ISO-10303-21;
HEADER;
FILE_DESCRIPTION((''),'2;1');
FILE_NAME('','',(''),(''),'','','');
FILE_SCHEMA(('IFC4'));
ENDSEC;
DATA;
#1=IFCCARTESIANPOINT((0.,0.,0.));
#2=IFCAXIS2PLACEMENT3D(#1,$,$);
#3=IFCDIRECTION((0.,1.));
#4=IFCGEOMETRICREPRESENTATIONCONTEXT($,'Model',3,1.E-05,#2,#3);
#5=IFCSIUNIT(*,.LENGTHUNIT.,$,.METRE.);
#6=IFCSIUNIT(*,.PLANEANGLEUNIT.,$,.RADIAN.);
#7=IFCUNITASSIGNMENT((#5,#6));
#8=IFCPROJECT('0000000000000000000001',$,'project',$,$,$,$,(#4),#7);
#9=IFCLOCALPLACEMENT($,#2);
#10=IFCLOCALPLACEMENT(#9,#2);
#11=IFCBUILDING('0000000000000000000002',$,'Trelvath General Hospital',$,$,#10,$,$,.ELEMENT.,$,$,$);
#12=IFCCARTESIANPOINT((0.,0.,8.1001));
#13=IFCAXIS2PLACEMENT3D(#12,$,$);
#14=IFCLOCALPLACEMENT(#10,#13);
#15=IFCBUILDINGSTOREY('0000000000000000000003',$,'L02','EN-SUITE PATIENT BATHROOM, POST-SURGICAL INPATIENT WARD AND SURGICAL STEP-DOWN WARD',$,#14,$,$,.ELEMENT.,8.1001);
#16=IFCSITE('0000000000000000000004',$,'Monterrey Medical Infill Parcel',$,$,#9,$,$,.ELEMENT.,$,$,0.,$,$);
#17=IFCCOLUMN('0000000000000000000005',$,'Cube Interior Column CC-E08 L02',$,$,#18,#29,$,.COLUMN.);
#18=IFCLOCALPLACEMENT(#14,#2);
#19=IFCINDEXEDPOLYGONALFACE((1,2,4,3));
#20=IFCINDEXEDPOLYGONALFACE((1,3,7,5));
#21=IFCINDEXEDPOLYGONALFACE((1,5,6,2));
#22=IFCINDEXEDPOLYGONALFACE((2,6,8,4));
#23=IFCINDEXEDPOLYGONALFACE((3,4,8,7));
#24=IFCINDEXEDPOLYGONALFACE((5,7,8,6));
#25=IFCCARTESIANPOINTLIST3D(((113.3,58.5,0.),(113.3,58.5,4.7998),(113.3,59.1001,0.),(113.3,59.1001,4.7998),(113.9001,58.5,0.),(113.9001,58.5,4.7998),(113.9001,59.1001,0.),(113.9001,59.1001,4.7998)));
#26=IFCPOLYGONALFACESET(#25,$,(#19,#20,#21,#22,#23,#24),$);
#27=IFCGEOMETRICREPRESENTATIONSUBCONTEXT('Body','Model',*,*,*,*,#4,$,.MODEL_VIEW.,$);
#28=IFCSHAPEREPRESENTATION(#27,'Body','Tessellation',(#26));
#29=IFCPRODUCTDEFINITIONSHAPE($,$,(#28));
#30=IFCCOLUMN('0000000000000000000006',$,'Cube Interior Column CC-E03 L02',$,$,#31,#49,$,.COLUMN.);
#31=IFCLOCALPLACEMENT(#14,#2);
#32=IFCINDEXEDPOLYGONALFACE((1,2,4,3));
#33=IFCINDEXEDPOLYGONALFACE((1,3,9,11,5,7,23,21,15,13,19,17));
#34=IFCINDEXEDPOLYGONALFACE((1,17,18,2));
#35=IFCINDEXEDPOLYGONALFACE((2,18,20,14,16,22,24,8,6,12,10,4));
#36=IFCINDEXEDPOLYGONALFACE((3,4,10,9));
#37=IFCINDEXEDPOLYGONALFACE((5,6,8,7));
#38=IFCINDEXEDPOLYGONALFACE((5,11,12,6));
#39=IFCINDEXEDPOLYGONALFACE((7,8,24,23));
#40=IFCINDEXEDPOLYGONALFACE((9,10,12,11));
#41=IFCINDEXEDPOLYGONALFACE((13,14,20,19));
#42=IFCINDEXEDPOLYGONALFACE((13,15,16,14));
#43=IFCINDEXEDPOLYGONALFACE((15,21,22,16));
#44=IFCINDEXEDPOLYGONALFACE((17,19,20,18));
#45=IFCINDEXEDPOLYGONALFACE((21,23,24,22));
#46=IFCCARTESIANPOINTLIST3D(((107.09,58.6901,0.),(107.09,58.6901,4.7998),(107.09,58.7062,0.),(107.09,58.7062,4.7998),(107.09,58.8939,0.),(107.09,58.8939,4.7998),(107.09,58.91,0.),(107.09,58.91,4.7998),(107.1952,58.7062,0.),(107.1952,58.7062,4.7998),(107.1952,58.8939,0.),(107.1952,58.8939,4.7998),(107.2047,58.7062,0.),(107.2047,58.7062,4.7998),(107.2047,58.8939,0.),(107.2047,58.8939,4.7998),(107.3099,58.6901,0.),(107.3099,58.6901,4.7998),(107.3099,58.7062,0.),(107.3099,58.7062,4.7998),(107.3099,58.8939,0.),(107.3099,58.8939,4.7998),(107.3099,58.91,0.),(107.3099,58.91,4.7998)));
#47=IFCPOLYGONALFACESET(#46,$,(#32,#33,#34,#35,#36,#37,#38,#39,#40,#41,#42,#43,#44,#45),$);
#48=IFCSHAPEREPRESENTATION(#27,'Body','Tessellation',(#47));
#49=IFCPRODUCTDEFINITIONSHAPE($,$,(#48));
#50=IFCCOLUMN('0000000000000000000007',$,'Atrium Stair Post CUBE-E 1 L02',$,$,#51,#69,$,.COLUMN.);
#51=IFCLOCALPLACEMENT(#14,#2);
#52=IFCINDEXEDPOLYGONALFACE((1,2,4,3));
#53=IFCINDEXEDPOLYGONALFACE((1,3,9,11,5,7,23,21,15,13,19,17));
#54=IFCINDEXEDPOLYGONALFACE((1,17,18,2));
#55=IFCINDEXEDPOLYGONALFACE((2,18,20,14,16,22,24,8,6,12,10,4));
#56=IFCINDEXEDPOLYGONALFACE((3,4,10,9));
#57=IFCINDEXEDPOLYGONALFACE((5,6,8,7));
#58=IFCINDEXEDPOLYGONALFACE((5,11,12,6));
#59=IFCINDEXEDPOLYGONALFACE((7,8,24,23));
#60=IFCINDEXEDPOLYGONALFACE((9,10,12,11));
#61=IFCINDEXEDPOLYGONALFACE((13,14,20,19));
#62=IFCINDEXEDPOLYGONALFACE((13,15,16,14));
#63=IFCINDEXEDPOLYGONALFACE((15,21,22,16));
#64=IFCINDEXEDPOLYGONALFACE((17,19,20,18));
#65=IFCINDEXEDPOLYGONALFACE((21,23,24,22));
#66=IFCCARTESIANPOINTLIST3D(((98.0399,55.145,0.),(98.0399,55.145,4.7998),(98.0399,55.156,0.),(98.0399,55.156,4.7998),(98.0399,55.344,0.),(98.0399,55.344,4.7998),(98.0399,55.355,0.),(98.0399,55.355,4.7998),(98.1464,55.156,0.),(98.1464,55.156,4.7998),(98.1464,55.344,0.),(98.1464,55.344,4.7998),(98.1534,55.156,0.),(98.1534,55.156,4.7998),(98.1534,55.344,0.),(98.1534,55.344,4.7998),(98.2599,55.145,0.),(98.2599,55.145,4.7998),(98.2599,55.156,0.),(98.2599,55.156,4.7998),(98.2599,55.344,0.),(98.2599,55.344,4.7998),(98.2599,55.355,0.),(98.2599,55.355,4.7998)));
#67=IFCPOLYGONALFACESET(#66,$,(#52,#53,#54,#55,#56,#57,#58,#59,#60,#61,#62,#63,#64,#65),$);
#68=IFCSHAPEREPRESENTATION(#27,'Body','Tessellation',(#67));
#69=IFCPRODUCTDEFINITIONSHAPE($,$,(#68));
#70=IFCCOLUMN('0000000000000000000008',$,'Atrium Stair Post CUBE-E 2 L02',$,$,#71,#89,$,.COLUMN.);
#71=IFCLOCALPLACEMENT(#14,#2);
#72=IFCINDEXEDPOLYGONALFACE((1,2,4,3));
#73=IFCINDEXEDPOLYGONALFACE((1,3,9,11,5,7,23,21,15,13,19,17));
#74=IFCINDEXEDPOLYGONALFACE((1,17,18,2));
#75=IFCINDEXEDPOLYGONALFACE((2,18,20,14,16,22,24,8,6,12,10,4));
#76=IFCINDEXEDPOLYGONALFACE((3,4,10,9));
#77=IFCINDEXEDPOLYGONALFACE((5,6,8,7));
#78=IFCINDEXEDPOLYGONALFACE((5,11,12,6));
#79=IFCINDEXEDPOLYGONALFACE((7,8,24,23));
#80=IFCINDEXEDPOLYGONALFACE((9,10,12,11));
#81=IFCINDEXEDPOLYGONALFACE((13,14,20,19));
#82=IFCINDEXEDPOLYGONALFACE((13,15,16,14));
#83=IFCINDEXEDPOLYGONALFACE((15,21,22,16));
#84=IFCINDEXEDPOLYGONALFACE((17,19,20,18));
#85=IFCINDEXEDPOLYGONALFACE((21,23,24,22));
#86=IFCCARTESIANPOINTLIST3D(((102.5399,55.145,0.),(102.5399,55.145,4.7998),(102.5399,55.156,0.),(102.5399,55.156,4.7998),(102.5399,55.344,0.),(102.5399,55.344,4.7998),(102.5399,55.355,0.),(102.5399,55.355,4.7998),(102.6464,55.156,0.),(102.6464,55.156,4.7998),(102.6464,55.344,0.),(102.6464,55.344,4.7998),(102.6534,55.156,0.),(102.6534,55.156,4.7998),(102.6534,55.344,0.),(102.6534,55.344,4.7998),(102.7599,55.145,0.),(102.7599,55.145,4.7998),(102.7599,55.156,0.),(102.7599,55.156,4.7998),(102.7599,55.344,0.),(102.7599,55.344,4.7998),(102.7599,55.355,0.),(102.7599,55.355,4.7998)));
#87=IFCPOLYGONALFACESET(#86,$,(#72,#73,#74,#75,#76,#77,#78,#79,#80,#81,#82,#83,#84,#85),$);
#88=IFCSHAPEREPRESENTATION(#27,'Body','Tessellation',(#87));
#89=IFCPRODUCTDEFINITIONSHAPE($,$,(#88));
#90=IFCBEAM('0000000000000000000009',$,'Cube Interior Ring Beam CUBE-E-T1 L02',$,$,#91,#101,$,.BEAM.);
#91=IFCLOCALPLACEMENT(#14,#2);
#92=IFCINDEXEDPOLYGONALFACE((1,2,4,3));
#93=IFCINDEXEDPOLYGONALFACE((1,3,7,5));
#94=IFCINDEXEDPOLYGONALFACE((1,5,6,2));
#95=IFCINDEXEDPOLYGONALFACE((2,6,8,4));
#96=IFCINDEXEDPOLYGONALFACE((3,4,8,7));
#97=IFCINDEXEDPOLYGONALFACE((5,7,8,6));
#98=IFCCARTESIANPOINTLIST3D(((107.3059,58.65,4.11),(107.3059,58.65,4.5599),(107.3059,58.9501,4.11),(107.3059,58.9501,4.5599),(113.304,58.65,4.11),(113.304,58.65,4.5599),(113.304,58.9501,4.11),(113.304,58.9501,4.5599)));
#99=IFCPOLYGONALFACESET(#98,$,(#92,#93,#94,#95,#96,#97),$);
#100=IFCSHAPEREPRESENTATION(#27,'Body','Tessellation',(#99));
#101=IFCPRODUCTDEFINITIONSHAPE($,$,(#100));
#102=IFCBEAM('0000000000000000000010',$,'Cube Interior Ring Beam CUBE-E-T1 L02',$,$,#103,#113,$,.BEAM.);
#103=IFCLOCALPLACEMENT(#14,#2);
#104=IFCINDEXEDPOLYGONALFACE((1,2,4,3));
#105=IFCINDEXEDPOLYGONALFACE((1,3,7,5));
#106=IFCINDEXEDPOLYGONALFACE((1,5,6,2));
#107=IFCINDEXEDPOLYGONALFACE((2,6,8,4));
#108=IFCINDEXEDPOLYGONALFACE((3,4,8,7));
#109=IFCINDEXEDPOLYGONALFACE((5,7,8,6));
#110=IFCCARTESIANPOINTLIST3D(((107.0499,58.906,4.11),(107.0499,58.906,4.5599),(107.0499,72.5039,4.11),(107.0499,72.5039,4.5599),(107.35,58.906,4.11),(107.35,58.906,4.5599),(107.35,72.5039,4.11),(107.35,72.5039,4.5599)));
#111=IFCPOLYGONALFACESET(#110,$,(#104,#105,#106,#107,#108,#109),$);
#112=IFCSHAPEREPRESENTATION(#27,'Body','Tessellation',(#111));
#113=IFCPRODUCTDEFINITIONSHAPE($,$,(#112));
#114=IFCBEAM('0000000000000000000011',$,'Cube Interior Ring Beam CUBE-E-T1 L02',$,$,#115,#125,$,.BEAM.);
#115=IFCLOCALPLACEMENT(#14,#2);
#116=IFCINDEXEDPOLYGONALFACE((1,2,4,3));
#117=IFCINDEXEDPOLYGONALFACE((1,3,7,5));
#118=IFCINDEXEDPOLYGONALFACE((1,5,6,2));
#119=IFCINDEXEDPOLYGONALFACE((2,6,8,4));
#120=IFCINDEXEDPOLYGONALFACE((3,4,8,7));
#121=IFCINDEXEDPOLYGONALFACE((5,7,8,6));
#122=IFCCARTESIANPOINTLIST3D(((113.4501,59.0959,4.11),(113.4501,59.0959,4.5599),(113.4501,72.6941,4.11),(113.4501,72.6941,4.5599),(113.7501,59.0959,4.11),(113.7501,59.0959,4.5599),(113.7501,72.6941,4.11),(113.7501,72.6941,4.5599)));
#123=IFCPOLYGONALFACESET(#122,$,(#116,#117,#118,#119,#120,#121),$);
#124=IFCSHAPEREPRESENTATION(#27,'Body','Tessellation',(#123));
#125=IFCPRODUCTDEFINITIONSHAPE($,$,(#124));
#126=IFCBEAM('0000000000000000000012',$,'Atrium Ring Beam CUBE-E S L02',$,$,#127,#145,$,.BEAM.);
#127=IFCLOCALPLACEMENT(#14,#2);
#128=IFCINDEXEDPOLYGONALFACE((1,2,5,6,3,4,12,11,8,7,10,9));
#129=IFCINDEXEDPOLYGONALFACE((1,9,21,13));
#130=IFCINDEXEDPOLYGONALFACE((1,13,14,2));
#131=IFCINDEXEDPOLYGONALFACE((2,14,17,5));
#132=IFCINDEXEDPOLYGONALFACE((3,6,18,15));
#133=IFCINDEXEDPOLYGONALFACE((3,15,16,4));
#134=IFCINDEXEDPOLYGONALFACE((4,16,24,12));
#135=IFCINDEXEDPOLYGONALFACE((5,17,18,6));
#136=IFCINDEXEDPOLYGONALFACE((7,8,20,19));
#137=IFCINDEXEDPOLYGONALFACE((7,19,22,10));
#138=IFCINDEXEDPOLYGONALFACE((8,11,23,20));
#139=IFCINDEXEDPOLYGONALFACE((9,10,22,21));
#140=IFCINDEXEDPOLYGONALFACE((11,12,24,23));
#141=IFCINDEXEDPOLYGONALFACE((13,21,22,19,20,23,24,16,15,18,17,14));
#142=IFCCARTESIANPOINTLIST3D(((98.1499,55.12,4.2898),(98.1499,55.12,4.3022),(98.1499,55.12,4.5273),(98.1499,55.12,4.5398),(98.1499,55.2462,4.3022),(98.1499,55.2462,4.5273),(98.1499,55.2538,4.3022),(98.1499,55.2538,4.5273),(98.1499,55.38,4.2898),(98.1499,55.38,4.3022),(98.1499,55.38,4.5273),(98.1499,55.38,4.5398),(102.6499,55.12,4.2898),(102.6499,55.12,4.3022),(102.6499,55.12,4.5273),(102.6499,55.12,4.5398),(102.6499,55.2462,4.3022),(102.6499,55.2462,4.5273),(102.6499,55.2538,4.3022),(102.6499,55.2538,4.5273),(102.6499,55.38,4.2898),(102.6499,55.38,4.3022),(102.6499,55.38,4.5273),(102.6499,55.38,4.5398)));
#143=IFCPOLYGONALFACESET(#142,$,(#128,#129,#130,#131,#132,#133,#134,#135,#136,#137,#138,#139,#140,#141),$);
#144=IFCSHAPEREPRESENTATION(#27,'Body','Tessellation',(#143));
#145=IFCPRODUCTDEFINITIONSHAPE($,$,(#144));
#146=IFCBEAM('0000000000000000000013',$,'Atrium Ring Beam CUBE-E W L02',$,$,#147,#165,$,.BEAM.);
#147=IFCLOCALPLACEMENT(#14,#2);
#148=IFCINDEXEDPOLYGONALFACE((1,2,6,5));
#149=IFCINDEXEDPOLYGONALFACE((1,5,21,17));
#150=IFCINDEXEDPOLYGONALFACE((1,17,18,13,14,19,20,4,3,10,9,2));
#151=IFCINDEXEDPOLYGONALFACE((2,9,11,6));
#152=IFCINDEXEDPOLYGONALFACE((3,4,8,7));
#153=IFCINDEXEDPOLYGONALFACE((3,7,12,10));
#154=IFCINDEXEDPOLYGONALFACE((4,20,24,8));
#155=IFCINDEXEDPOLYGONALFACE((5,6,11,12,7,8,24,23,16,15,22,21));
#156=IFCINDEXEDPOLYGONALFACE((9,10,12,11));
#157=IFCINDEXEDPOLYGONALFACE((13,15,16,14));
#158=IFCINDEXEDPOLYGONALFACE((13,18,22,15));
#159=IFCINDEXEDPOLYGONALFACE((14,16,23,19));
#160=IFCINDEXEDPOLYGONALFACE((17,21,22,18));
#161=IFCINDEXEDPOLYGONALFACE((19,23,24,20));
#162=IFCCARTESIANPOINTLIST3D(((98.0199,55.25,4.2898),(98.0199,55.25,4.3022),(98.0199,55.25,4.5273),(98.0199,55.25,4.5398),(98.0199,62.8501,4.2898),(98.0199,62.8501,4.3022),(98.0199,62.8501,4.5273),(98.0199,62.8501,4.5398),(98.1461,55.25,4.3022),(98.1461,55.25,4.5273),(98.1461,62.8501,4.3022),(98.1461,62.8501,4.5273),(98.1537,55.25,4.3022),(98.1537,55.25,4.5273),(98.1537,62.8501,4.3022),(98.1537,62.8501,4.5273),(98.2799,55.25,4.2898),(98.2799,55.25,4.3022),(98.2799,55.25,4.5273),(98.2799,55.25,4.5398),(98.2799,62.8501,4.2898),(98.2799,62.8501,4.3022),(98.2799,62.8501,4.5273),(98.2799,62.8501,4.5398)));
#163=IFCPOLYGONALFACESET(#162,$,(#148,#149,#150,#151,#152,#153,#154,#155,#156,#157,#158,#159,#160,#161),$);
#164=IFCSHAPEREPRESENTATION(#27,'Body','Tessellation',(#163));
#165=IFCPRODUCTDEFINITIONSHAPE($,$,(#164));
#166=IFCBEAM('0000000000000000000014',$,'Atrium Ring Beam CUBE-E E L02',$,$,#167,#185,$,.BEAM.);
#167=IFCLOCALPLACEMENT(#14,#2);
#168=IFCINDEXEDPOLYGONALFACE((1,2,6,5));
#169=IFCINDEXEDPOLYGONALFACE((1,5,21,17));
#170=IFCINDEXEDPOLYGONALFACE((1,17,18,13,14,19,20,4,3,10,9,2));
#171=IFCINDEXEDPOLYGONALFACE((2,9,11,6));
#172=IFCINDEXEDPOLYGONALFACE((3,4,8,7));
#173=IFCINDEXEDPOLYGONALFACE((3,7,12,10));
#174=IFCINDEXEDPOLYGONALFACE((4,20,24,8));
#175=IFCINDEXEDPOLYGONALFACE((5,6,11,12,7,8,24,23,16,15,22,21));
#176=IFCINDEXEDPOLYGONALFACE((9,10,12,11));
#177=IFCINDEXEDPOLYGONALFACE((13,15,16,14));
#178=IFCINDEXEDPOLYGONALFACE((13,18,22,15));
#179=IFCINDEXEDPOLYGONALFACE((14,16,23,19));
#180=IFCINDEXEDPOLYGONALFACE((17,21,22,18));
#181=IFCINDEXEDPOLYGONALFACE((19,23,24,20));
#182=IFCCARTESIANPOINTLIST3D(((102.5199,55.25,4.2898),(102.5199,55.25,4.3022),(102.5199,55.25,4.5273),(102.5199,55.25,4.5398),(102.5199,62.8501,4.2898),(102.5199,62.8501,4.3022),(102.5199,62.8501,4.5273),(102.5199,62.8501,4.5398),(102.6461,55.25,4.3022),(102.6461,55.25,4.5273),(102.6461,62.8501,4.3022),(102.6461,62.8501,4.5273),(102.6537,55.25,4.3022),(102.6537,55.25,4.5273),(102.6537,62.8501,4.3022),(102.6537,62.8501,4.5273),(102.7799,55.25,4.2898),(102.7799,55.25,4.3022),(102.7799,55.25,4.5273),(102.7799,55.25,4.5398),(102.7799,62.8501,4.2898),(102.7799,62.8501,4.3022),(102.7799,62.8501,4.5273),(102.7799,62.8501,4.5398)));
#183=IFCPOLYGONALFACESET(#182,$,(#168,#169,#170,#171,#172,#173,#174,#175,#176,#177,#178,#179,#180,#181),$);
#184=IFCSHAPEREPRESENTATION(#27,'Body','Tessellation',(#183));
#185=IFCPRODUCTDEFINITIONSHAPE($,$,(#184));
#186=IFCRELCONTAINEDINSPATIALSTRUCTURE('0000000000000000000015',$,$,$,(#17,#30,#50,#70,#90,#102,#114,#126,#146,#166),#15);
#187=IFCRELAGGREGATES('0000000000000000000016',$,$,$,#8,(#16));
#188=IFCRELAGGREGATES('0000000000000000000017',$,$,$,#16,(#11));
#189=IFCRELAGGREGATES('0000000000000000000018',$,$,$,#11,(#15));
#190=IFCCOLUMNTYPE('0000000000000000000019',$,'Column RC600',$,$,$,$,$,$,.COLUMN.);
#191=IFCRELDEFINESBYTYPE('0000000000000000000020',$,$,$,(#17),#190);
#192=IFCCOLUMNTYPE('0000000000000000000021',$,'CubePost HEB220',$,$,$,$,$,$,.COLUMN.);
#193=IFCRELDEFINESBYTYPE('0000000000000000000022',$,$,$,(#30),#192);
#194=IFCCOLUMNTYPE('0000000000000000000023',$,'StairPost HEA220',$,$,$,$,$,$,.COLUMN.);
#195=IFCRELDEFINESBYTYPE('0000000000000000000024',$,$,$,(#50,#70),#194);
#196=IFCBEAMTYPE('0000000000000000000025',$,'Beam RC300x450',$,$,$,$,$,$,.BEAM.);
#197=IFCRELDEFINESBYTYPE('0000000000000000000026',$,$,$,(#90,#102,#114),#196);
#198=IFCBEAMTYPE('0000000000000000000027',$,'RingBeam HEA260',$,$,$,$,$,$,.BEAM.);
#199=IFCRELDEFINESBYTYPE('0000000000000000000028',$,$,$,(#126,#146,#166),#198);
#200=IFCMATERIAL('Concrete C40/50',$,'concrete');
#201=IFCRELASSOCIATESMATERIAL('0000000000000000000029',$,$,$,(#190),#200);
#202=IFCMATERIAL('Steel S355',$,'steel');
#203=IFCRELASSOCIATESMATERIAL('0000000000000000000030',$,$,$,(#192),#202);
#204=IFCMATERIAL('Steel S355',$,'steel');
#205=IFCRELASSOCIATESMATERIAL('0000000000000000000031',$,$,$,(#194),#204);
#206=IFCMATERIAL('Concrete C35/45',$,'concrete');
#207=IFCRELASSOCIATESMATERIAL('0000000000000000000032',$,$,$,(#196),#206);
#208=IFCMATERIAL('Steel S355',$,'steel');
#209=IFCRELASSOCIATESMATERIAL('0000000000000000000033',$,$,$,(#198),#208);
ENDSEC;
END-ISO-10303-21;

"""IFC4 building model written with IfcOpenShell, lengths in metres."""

from ifc_helpers import new_model, si_unit, direction, frame, origin, origin_2d, place, context, subcontext, project, spatial, rectangle, i_section, extrude, material, material_profile, profile_set, type_object, element, save


model = new_model("IFC4")

# Units and contexts
model_context = context("Model", 3, precision=1e-05, world=origin(), true_north=direction((0.0, 1.0)))
body_context = subcontext(model_context, "Body", "Model", "MODEL_VIEW")
ifc_project = project(units=[si_unit("LENGTHUNIT", "METRE"), si_unit("PLANEANGLEUNIT", "RADIAN")], contexts=[model_context])

# Site, building, storey
site_placement = place(None, origin())
site = spatial("IfcSite", under=ifc_project, at=site_placement, Name="Monterrey Medical Infill Parcel", CompositionType="ELEMENT", RefElevation=0.0)
building_placement = place(site_placement, origin())
building = spatial("IfcBuilding", under=site, at=building_placement, Name="Trelvath General Hospital", CompositionType="ELEMENT")
storey_placement = place(building_placement, frame((0.0, 0.0, 8.1001)))
storey = spatial("IfcBuildingStorey", under=building, at=storey_placement, Name="L02", Description="EN-SUITE PATIENT BATHROOM, POST-SURGICAL INPATIENT WARD AND SURGICAL STEP-DOWN WARD", CompositionType="ELEMENT", Elevation=8.1001)

# Columns
ifc_material_1 = material(Name="Concrete C40/50", Category="concrete")
ifc_material_profile_1 = material_profile(ifc_material_1, rectangle(XDim=0.6001, YDim=0.6001, at=origin_2d()), Name="RC600x600")
ifc_profile_set_1 = profile_set([ifc_material_profile_1], Name="Concrete C40/50")
column_type_1 = type_object("IfcColumnType", Name="Column RC600", PredefinedType="COLUMN", material=ifc_profile_set_1)
column_1_placement = place(storey_placement, frame((113.6001, 58.8, 0.0), z_axis=(0.0, 0.0, 1.0), x_axis=(1.0, 0.0, 0.0)))
element("IfcColumn", 1, at=column_1_placement, inside=storey, type_object=column_type_1, Name="Cube Interior Column CC-E08 L02", PredefinedType="COLUMN", context=body_context, shape_type="SweptSolid", body=[
    extrude(rectangle(XDim=0.6001, YDim=0.6001, at=origin_2d()), origin(), (0.0, 0.0, 1.0), 4.7998),
])
ifc_material_2 = material(Name="Steel S355", Category="steel")
ifc_material_profile_2 = material_profile(ifc_material_2, i_section(OverallWidth=0.22, OverallDepth=0.22, WebThickness=0.0095, FlangeThickness=0.0161, at=origin_2d()), Name="HEB220")
ifc_profile_set_2 = profile_set([ifc_material_profile_2], Name="Steel S355")
column_type_2 = type_object("IfcColumnType", Name="CubePost HEB220", PredefinedType="COLUMN", material=ifc_profile_set_2)
column_2_placement = place(storey_placement, frame((107.2, 58.8, 0.0), z_axis=(0.0, 0.0, 1.0), x_axis=(1.0, 0.0, 0.0)))
element("IfcColumn", 2, at=column_2_placement, inside=storey, type_object=column_type_2, Name="Cube Interior Column CC-E03 L02", PredefinedType="COLUMN", context=body_context, shape_type="SweptSolid", body=[
    extrude(i_section(OverallWidth=0.22, OverallDepth=0.22, WebThickness=0.0095, FlangeThickness=0.0161, at=origin_2d()), origin(), (0.0, 0.0, 1.0), 4.7998),
])
ifc_material_3 = material(Name="Steel S355", Category="steel")
ifc_material_profile_3 = material_profile(ifc_material_3, i_section(OverallWidth=0.22, OverallDepth=0.21, WebThickness=0.0071, FlangeThickness=0.011, at=origin_2d()), Name="HEA220")
ifc_profile_set_3 = profile_set([ifc_material_profile_3], Name="Steel S355")
column_type_3 = type_object("IfcColumnType", Name="StairPost HEA220", PredefinedType="COLUMN", material=ifc_profile_set_3)
for number, where, z_axis, x_axis, name in (
    (3, (98.1499, 55.25, 0.0), (0.0, 0.0, 1.0), (1.0, 0.0, 0.0), "Atrium Stair Post CUBE-E 1 L02"),
    (4, (102.6499, 55.25, 0.0), (0.0, 0.0, 1.0), (1.0, 0.0, 0.0), "Atrium Stair Post CUBE-E 2 L02"),
):
    element("IfcColumn", number, at=place(storey_placement, frame(where, z_axis=z_axis, x_axis=x_axis)), inside=storey, type_object=column_type_3, Name=name, PredefinedType="COLUMN", context=body_context, shape_type="SweptSolid", body=[
        extrude(i_section(OverallWidth=0.22, OverallDepth=0.21, WebThickness=0.0071, FlangeThickness=0.011, at=origin_2d()), origin(), (0.0, 0.0, 1.0), 4.7998),
    ])

# Beams
ifc_material_4 = material(Name="Concrete C35/45", Category="concrete")
ifc_material_profile_4 = material_profile(ifc_material_4, rectangle(XDim=0.3, YDim=0.45, at=origin_2d()), Name="RCB300x450")
ifc_profile_set_4 = profile_set([ifc_material_profile_4], Name="Concrete C35/45")
beam_type_1 = type_object("IfcBeamType", Name="Beam RC300x450", PredefinedType="BEAM", material=ifc_profile_set_4)
beam_1_placement = place(storey_placement, frame((107.3059, 58.8, 4.335), z_axis=(1.0, 0.0, 0.0), x_axis=(0.0, 1.0, 0.0)))
element("IfcBeam", 5, at=beam_1_placement, inside=storey, type_object=beam_type_1, Name="Cube Interior Ring Beam CUBE-E-T1 L02", PredefinedType="BEAM", context=body_context, shape_type="SweptSolid", body=[
    extrude(rectangle(XDim=0.3, YDim=0.45, at=origin_2d()), origin(), (0.0, 0.0, 1.0), 5.998),
])
beam_2_placement = place(storey_placement, frame((107.2, 58.906, 4.335), z_axis=(0.0, 1.0, 0.0), x_axis=(-1.0, 0.0, 0.0)))
element("IfcBeam", 6, at=beam_2_placement, inside=storey, type_object=beam_type_1, Name="Cube Interior Ring Beam CUBE-E-T1 L02", PredefinedType="BEAM", context=body_context, shape_type="SweptSolid", body=[
    extrude(rectangle(XDim=0.3, YDim=0.45, at=origin_2d()), origin(), (0.0, 0.0, 1.0), 13.5979),
])
beam_3_placement = place(storey_placement, frame((113.6001, 59.0959, 4.335), z_axis=(0.0, 1.0, 0.0), x_axis=(-1.0, 0.0, 0.0)))
element("IfcBeam", 7, at=beam_3_placement, inside=storey, type_object=beam_type_1, Name="Cube Interior Ring Beam CUBE-E-T1 L02", PredefinedType="BEAM", context=body_context, shape_type="SweptSolid", body=[
    extrude(rectangle(XDim=0.3, YDim=0.45, at=origin_2d()), origin(), (0.0, 0.0, 1.0), 13.5981),
])
ifc_material_5 = material(Name="Steel S355", Category="steel")
ifc_material_profile_5 = material_profile(ifc_material_5, i_section(OverallWidth=0.26, OverallDepth=0.25, WebThickness=0.0076, FlangeThickness=0.0125, at=origin_2d()), Name="HEA260")
ifc_profile_set_5 = profile_set([ifc_material_profile_5], Name="Steel S355")
beam_type_2 = type_object("IfcBeamType", Name="RingBeam HEA260", PredefinedType="BEAM", material=ifc_profile_set_5)
beam_4_placement = place(storey_placement, frame((98.1499, 55.25, 4.4148), z_axis=(1.0, 0.0, 0.0), x_axis=(0.0, 1.0, 0.0)))
element("IfcBeam", 8, at=beam_4_placement, inside=storey, type_object=beam_type_2, Name="Atrium Ring Beam CUBE-E S L02", PredefinedType="BEAM", context=body_context, shape_type="SweptSolid", body=[
    extrude(i_section(OverallWidth=0.26, OverallDepth=0.25, WebThickness=0.0076, FlangeThickness=0.0125, at=origin_2d()), origin(), (0.0, 0.0, 1.0), 4.5),
])
for number, where, z_axis, x_axis, name in (
    (9, (98.1499, 55.25, 4.4148), (0.0, 1.0, 0.0), (-1.0, 0.0, 0.0), "Atrium Ring Beam CUBE-E W L02"),
    (10, (102.6499, 55.25, 4.4148), (0.0, 1.0, 0.0), (-1.0, 0.0, 0.0), "Atrium Ring Beam CUBE-E E L02"),
):
    element("IfcBeam", number, at=place(storey_placement, frame(where, z_axis=z_axis, x_axis=x_axis)), inside=storey, type_object=beam_type_2, Name=name, PredefinedType="BEAM", context=body_context, shape_type="SweptSolid", body=[
        extrude(i_section(OverallWidth=0.26, OverallDepth=0.25, WebThickness=0.0076, FlangeThickness=0.0125, at=origin_2d()), origin(), (0.0, 0.0, 1.0), 7.6001),
    ])

save(model, "model.ifc")
